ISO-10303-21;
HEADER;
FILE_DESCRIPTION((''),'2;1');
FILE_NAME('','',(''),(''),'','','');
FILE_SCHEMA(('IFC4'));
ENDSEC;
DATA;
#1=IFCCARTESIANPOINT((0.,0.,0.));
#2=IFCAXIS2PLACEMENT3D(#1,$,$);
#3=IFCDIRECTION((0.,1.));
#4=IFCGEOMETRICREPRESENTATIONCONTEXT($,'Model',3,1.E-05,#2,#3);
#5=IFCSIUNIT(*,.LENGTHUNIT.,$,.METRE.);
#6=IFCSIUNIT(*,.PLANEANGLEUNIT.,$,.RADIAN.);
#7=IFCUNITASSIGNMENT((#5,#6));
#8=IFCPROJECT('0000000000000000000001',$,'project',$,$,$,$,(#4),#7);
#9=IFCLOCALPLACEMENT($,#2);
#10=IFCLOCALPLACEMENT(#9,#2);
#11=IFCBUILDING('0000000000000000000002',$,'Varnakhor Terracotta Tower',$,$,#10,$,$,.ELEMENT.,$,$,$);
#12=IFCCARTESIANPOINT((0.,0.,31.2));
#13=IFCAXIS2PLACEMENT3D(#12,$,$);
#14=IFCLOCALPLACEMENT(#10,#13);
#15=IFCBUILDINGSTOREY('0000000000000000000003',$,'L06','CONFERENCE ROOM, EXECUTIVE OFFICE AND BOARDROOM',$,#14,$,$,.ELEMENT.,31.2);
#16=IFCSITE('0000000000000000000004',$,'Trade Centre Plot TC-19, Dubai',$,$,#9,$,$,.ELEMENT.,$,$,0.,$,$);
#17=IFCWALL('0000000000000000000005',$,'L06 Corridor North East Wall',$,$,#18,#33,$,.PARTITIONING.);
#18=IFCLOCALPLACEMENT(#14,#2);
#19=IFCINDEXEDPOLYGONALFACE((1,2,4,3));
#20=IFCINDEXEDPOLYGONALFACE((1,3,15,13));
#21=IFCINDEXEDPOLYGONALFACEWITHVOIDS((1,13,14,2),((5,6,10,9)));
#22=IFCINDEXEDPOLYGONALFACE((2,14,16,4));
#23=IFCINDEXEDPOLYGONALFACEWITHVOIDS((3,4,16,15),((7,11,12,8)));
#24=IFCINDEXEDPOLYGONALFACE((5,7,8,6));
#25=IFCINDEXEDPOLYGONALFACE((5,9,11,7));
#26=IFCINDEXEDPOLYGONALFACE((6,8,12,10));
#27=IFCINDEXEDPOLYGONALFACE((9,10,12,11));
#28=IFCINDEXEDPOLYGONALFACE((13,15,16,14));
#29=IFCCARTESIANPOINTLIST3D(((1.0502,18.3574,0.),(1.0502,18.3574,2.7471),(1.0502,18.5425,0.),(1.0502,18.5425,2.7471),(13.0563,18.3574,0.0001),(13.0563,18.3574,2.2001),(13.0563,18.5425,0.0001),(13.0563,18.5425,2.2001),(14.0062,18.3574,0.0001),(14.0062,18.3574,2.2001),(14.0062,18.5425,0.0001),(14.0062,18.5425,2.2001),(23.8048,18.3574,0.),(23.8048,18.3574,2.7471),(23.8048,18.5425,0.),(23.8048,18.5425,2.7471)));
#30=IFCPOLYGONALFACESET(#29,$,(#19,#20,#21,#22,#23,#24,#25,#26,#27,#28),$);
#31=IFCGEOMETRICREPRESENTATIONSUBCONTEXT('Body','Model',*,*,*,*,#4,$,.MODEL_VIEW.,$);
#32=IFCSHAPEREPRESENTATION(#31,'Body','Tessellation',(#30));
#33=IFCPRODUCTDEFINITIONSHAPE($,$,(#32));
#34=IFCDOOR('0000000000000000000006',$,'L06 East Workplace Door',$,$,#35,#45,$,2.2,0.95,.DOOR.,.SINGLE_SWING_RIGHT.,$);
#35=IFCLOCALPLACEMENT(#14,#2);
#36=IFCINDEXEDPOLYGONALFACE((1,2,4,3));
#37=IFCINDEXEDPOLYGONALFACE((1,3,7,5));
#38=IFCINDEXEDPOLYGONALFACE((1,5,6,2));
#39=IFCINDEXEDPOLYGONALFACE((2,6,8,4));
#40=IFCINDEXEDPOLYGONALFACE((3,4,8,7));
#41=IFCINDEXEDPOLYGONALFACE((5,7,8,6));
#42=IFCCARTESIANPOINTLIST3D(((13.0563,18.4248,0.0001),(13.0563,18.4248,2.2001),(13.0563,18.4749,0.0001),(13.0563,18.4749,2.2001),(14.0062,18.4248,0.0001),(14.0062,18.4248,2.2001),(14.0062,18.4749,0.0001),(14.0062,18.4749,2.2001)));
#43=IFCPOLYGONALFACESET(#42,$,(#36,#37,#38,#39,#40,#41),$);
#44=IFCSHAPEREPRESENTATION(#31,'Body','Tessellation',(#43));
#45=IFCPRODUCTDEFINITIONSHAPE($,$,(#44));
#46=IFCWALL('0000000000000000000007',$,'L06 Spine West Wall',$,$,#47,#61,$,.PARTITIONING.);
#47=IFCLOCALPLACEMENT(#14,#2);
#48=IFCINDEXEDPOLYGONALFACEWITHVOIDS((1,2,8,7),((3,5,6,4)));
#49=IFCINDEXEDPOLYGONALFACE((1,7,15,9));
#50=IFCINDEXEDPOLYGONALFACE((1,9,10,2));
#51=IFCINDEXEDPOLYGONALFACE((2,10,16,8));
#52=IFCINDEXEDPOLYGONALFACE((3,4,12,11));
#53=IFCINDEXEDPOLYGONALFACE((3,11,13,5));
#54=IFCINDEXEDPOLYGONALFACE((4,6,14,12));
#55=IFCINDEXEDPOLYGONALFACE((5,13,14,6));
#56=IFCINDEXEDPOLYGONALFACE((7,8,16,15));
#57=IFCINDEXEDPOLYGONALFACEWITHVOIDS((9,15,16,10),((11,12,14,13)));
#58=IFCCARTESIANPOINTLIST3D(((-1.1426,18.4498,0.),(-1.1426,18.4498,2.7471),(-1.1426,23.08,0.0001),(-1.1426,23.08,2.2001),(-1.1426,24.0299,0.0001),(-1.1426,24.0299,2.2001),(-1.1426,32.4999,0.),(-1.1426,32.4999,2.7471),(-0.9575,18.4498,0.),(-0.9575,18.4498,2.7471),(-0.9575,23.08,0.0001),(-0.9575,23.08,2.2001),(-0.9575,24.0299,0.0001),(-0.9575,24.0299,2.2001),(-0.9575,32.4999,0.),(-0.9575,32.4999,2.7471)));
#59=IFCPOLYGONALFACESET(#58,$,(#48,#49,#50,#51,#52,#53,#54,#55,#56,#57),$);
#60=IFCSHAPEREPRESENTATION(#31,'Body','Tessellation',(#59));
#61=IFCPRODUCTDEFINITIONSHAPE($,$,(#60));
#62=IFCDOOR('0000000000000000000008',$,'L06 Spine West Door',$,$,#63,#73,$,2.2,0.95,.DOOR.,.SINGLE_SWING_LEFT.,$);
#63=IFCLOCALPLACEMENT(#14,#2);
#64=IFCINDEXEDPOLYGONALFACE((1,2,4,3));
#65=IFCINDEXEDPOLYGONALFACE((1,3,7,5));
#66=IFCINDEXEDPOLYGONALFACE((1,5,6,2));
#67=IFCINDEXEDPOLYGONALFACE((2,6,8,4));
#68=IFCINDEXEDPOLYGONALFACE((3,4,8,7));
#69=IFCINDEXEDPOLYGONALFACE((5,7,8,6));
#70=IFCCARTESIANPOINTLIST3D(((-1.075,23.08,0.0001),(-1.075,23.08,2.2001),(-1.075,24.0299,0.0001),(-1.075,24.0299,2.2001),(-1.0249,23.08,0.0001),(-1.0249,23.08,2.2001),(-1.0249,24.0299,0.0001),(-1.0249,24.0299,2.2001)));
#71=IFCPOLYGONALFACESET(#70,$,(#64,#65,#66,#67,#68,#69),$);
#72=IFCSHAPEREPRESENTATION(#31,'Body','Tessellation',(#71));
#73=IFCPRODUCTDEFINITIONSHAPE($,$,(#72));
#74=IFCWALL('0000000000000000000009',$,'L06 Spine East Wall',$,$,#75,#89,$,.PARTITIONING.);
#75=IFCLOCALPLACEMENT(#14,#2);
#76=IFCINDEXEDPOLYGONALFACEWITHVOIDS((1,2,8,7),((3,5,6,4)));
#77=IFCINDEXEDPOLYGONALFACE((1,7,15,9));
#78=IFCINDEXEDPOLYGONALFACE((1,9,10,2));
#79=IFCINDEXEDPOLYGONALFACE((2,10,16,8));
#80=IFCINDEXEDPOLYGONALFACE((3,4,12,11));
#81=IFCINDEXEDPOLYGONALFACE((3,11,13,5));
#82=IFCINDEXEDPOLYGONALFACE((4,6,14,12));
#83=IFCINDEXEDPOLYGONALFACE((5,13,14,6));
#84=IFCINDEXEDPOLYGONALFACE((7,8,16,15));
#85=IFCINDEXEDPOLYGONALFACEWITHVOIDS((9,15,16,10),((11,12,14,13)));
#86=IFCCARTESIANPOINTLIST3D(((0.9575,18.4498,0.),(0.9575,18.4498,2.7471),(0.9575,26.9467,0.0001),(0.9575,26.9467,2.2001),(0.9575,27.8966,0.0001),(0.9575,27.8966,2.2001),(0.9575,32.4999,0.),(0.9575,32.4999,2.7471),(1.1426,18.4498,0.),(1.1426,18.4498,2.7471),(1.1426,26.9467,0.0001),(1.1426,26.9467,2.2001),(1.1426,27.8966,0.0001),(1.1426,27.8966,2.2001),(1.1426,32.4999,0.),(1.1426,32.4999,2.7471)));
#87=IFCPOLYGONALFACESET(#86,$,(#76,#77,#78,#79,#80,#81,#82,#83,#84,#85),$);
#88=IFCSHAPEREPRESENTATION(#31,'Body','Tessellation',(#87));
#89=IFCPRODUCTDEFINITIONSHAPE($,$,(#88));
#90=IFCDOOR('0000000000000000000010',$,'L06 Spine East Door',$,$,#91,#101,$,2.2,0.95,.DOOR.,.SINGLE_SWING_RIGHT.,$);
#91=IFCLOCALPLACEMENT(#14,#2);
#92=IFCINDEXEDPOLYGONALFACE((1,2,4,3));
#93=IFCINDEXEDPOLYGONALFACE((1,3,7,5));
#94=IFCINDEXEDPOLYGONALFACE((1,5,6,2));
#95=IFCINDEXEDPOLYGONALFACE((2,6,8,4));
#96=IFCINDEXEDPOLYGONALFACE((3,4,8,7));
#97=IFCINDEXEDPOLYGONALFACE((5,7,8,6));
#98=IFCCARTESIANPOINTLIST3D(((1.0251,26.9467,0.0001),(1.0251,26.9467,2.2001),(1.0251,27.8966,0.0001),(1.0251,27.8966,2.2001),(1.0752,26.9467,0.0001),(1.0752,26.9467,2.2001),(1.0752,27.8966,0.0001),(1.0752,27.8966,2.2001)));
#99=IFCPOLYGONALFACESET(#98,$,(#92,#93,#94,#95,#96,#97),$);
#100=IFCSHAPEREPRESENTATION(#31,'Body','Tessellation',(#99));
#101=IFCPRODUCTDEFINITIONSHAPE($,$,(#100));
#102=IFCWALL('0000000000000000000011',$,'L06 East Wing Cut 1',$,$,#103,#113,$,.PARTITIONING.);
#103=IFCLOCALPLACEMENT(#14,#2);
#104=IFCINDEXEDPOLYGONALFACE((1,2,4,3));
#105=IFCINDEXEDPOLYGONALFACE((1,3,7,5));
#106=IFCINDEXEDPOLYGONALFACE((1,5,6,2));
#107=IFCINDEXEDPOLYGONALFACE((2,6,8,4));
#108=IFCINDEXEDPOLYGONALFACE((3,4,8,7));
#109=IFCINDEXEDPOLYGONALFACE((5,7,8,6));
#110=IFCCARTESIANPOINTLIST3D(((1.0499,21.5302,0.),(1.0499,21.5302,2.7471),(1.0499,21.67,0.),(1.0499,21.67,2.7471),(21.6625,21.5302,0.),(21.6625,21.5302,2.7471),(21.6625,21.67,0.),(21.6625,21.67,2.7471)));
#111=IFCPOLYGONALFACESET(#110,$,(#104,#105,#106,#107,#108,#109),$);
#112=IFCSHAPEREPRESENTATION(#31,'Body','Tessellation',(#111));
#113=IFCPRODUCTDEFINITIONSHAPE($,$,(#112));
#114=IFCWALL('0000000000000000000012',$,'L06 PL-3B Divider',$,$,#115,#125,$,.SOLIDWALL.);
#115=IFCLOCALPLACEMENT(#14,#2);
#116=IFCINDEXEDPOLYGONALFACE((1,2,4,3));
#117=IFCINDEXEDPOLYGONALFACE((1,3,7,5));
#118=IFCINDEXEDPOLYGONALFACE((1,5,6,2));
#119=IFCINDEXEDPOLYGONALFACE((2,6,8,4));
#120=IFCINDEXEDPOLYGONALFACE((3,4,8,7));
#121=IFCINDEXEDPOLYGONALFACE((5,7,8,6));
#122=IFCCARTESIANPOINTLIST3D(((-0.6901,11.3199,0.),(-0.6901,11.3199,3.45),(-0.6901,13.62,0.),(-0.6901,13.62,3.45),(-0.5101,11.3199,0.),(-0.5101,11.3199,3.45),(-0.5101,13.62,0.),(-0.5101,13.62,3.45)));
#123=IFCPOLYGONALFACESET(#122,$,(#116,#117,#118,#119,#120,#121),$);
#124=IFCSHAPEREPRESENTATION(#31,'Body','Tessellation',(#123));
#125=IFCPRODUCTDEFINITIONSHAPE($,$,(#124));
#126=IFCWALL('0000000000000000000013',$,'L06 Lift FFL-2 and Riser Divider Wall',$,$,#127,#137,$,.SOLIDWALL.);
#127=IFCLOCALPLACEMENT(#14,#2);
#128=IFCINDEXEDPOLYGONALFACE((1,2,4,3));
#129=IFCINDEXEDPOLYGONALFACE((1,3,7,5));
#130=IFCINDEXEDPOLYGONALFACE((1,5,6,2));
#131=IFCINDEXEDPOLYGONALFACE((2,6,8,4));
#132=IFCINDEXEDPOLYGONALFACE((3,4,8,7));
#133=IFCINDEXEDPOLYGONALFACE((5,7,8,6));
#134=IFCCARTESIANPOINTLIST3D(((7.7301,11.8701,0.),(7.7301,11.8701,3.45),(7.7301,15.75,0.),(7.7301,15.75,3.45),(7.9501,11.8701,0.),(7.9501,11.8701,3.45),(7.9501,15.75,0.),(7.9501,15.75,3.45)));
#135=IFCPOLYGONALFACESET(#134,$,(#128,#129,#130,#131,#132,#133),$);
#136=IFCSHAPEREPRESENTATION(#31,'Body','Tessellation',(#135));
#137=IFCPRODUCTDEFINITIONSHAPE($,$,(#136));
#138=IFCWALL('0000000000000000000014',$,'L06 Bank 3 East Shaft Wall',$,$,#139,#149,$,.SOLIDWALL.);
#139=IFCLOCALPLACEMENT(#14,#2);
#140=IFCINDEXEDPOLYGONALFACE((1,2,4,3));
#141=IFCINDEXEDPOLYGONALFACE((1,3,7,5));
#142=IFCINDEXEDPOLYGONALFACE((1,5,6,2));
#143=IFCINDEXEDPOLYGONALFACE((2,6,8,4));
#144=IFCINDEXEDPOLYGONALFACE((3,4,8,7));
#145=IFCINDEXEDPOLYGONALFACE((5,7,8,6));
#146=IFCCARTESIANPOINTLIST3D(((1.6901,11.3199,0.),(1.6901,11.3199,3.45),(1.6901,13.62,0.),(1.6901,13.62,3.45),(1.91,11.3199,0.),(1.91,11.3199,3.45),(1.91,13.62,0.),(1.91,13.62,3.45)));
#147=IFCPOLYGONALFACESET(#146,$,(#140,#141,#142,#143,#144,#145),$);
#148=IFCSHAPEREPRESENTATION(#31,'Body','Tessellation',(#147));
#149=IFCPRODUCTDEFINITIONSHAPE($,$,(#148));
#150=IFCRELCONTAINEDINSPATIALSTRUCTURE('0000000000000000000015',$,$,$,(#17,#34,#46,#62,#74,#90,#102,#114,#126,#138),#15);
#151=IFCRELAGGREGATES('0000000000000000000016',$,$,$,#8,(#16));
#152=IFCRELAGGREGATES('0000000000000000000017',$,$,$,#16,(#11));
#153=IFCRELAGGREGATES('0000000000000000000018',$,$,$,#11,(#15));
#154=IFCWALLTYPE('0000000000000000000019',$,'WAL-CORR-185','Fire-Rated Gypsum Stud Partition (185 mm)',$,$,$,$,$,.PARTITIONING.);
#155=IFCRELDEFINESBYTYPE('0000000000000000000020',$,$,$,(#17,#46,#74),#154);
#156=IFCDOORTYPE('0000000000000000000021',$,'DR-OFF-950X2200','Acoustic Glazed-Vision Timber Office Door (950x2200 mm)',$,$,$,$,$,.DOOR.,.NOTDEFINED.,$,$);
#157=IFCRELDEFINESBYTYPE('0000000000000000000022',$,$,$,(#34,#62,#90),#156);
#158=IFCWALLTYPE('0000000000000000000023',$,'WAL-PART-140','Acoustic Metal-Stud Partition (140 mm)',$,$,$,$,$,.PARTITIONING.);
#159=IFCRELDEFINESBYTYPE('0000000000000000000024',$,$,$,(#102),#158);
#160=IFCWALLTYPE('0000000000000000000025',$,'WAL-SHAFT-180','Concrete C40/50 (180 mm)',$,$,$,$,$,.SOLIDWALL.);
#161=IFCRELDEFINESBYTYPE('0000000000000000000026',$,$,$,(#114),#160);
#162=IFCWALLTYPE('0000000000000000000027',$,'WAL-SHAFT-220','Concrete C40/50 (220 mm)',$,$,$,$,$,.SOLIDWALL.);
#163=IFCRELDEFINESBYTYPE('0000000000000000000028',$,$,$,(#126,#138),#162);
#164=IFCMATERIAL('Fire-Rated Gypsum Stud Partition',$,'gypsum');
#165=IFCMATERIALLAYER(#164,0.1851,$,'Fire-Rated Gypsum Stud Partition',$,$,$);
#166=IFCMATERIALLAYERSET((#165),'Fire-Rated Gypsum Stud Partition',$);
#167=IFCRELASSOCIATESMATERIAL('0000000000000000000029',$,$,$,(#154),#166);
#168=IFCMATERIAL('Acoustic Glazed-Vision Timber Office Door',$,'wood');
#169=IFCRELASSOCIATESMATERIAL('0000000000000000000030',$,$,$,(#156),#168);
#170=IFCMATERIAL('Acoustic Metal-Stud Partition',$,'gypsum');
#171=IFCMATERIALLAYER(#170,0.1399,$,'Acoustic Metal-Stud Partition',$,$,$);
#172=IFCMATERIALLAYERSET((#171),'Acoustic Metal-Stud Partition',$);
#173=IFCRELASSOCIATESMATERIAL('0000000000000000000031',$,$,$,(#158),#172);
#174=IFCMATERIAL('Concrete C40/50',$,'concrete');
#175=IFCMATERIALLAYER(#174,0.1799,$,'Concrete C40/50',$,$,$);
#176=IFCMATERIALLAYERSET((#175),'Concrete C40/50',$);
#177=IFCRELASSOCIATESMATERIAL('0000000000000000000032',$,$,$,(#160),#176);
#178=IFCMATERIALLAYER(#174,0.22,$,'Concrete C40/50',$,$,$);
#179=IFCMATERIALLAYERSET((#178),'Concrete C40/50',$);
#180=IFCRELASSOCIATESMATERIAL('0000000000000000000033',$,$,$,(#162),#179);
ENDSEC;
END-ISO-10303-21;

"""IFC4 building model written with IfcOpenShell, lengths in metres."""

from ifc_helpers import new_model, si_unit, direction, frame, frame_2d, origin, place, context, subcontext, project, spatial, rectangle, extrude, source, transform, mapped, material, layer, layer_set, type_object, type_shapes, element, fill, save


model = new_model("IFC4")

# Units and contexts
model_context = context("Model", 3, precision=1e-05, world=origin(), true_north=direction((0.0, 1.0)))
body_context = subcontext(model_context, "Body", "Model", "MODEL_VIEW")
ifc_project = project(units=[si_unit("LENGTHUNIT", "METRE"), si_unit("PLANEANGLEUNIT", "RADIAN")], contexts=[model_context])

# Site, building, storey
site_placement = place(None, origin())
site = spatial("IfcSite", under=ifc_project, at=site_placement, Name="Trade Centre Plot TC-19, Dubai", CompositionType="ELEMENT", RefElevation=0.0)
building_placement = place(site_placement, origin())
building = spatial("IfcBuilding", under=site, at=building_placement, Name="Varnakhor Terracotta Tower", CompositionType="ELEMENT")
storey_placement = place(building_placement, frame((0.0, 0.0, 31.2)))
storey = spatial("IfcBuildingStorey", under=building, at=storey_placement, Name="L06", Description="CONFERENCE ROOM, EXECUTIVE OFFICE AND BOARDROOM", CompositionType="ELEMENT", Elevation=31.2)

# Walls, openings, doors
ifc_material_1 = material(Name="Fire-Rated Gypsum Stud Partition", Category="gypsum")
ifc_layer_1 = layer(ifc_material_1, 0.1851, Name="Fire-Rated Gypsum Stud Partition")
ifc_layer_set_1 = layer_set([ifc_layer_1], Name="Fire-Rated Gypsum Stud Partition")
wall_type_1 = type_object("IfcWallType", Name="WAL-CORR-185", Description="Fire-Rated Gypsum Stud Partition (185 mm)", PredefinedType="PARTITIONING", material=ifc_layer_set_1)
wall_1_placement = place(storey_placement, frame((1.05, 18.45, 0.0), z_axis=(0.0, 0.0, 1.0), x_axis=(1.0, 0.0, 0.0)))
wall_1 = element("IfcWall", 1, at=wall_1_placement, inside=storey, type_object=wall_type_1, Name="L06 Corridor North East Wall", PredefinedType="PARTITIONING", context=body_context, shape_type="SweptSolid", body=[
    extrude(rectangle(XDim=22.7546, YDim=0.1851, at=frame_2d((11.3774, 0.0))), origin(), (0.0, 0.0, 1.0), 2.7471),
])
opening_1_placement = place(wall_1_placement, frame((12.0061, 0.0, 0.0)))
opening_1 = element("IfcOpeningElement", 2, at=opening_1_placement, cuts=wall_1, PredefinedType="OPENING", context=body_context, shape_type="SweptSolid", body=[
    extrude(rectangle(XDim=0.95, YDim=2.2, at=frame_2d((0.4751, 1.1001))), frame((0.0, 0.1025, 0.0), z_axis=(0.0, -1.0, 0.0), x_axis=(1.0, 0.0, 0.0)), (0.0, 0.0, 1.0), 0.2051),
])
ifc_material_2 = material(Name="Acoustic Glazed-Vision Timber Office Door", Category="wood")
door_type_1 = type_object("IfcDoorType", Name="DR-OFF-950X2200", Description="Acoustic Glazed-Vision Timber Office Door (950x2200 mm)", OperationType="NOTDEFINED", PredefinedType="DOOR", material=ifc_material_2)
shared_shape_1 = source(origin(), body_context, "Body", "SweptSolid", [
    extrude(rectangle(XDim=0.95, YDim=2.2, at=frame_2d((0.4751, 1.1001))), frame((0.0, 0.0249, 0.0), z_axis=(0.0, -1.0, 0.0), x_axis=(1.0, 0.0, 0.0)), (0.0, 0.0, 1.0), 0.05),
])
type_shapes(door_type_1, [shared_shape_1])
door_1_placement = place(opening_1_placement, origin())
door_1 = element("IfcDoor", 3, at=door_1_placement, inside=storey, type_object=door_type_1, Name="L06 East Workplace Door", OperationType="SINGLE_SWING_RIGHT", OverallHeight=2.2, OverallWidth=0.95, PredefinedType="DOOR", context=body_context, shape_type="MappedRepresentation", body=[
    mapped(shared_shape_1, transform((0.0, 0.0, 0.0), scale=1.0)),
])
fill(opening_1, door_1)
wall_2_placement = place(storey_placement, frame((-1.05, 18.45, 0.0), z_axis=(0.0, 0.0, 1.0), x_axis=(0.0, 1.0, 0.0)))
wall_2 = element("IfcWall", 4, at=wall_2_placement, inside=storey, type_object=wall_type_1, Name="L06 Spine West Wall", PredefinedType="PARTITIONING", context=body_context, shape_type="SweptSolid", body=[
    extrude(rectangle(XDim=14.05, YDim=0.1851, at=frame_2d((7.0249, 0.0))), origin(), (0.0, 0.0, 1.0), 2.7471),
])
opening_2_placement = place(wall_2_placement, frame((4.6299, 0.0, 0.0)))
opening_2 = element("IfcOpeningElement", 5, at=opening_2_placement, cuts=wall_2, PredefinedType="OPENING", context=body_context, shape_type="SweptSolid", body=[
    extrude(rectangle(XDim=0.95, YDim=2.2, at=frame_2d((0.4751, 1.1001))), frame((0.0, 0.1025, 0.0), z_axis=(0.0, -1.0, 0.0), x_axis=(1.0, 0.0, 0.0)), (0.0, 0.0, 1.0), 0.2051),
])
door_2_placement = place(opening_2_placement, origin())
door_2 = element("IfcDoor", 6, at=door_2_placement, inside=storey, type_object=door_type_1, Name="L06 Spine West Door", OperationType="SINGLE_SWING_LEFT", OverallHeight=2.2, OverallWidth=0.95, PredefinedType="DOOR", context=body_context, shape_type="MappedRepresentation", body=[
    mapped(shared_shape_1, transform((0.0, 0.0, 0.0), scale=1.0)),
])
fill(opening_2, door_2)
wall_3_placement = place(storey_placement, frame((1.05, 18.45, 0.0), z_axis=(0.0, 0.0, 1.0), x_axis=(0.0, 1.0, 0.0)))
wall_3 = element("IfcWall", 7, at=wall_3_placement, inside=storey, type_object=wall_type_1, Name="L06 Spine East Wall", PredefinedType="PARTITIONING", context=body_context, shape_type="SweptSolid", body=[
    extrude(rectangle(XDim=14.05, YDim=0.1851, at=frame_2d((7.0249, 0.0))), origin(), (0.0, 0.0, 1.0), 2.7471),
])
opening_3_placement = place(wall_3_placement, frame((8.4966, 0.0, 0.0)))
opening_3 = element("IfcOpeningElement", 8, at=opening_3_placement, cuts=wall_3, PredefinedType="OPENING", context=body_context, shape_type="SweptSolid", body=[
    extrude(rectangle(XDim=0.95, YDim=2.2, at=frame_2d((0.4751, 1.1001))), frame((0.0, 0.1025, 0.0), z_axis=(0.0, -1.0, 0.0), x_axis=(1.0, 0.0, 0.0)), (0.0, 0.0, 1.0), 0.2051),
])
door_3_placement = place(opening_3_placement, origin())
door_3 = element("IfcDoor", 9, at=door_3_placement, inside=storey, type_object=door_type_1, Name="L06 Spine East Door", OperationType="SINGLE_SWING_RIGHT", OverallHeight=2.2, OverallWidth=0.95, PredefinedType="DOOR", context=body_context, shape_type="MappedRepresentation", body=[
    mapped(shared_shape_1, transform((0.0, 0.0, 0.0), scale=1.0)),
])
fill(opening_3, door_3)

# Walls
ifc_material_3 = material(Name="Acoustic Metal-Stud Partition", Category="gypsum")
ifc_layer_2 = layer(ifc_material_3, 0.1399, Name="Acoustic Metal-Stud Partition")
ifc_layer_set_2 = layer_set([ifc_layer_2], Name="Acoustic Metal-Stud Partition")
wall_type_2 = type_object("IfcWallType", Name="WAL-PART-140", Description="Acoustic Metal-Stud Partition (140 mm)", PredefinedType="PARTITIONING", material=ifc_layer_set_2)
wall_4_placement = place(storey_placement, frame((1.05, 21.6001, 0.0), z_axis=(0.0, 0.0, 1.0), x_axis=(1.0, 0.0, 0.0)))
element("IfcWall", 10, at=wall_4_placement, inside=storey, type_object=wall_type_2, Name="L06 East Wing Cut 1", PredefinedType="PARTITIONING", context=body_context, shape_type="SweptSolid", body=[
    extrude(rectangle(XDim=20.6125, YDim=0.1399, at=frame_2d((10.3062, 0.0))), origin(), (0.0, 0.0, 1.0), 2.7471),
])
ifc_material_4 = material(Name="Concrete C40/50", Category="concrete")
ifc_layer_3 = layer(ifc_material_4, 0.1799, Name="Concrete C40/50")
ifc_layer_set_3 = layer_set([ifc_layer_3], Name="Concrete C40/50")
wall_type_3 = type_object("IfcWallType", Name="WAL-SHAFT-180", Description="Concrete C40/50 (180 mm)", PredefinedType="SOLIDWALL", material=ifc_layer_set_3)
wall_5_placement = place(storey_placement, frame((-0.6001, 11.3201, 0.0), z_axis=(0.0, 0.0, 1.0), x_axis=(0.0, 1.0, 0.0)))
element("IfcWall", 11, at=wall_5_placement, inside=storey, type_object=wall_type_3, Name="L06 PL-3B Divider", PredefinedType="SOLIDWALL", context=body_context, shape_type="SweptSolid", body=[
    extrude(rectangle(XDim=2.3, YDim=0.1799, at=frame_2d((1.1499, 0.0))), origin(), (0.0, 0.0, 1.0), 3.45),
])
ifc_layer_4 = layer(ifc_material_4, 0.22, Name="Concrete C40/50")
ifc_layer_set_4 = layer_set([ifc_layer_4], Name="Concrete C40/50")
wall_type_4 = type_object("IfcWallType", Name="WAL-SHAFT-220", Description="Concrete C40/50 (220 mm)", PredefinedType="SOLIDWALL", material=ifc_layer_set_4)
wall_6_placement = place(storey_placement, frame((7.8401, 11.8701, 0.0), z_axis=(0.0, 0.0, 1.0), x_axis=(0.0, 1.0, 0.0)))
element("IfcWall", 12, at=wall_6_placement, inside=storey, type_object=wall_type_4, Name="L06 Lift FFL-2 and Riser Divider Wall", PredefinedType="SOLIDWALL", context=body_context, shape_type="SweptSolid", body=[
    extrude(rectangle(XDim=3.8799, YDim=0.22, at=frame_2d((1.9399, 0.0))), origin(), (0.0, 0.0, 1.0), 3.45),
])
wall_7_placement = place(storey_placement, frame((1.8, 11.3201, 0.0), z_axis=(0.0, 0.0, 1.0), x_axis=(0.0, 1.0, 0.0)))
element("IfcWall", 13, at=wall_7_placement, inside=storey, type_object=wall_type_4, Name="L06 Bank 3 East Shaft Wall", PredefinedType="SOLIDWALL", context=body_context, shape_type="SweptSolid", body=[
    extrude(rectangle(XDim=2.3, YDim=0.22, at=frame_2d((1.1499, 0.0))), origin(), (0.0, 0.0, 1.0), 3.45),
])

save(model, "model.ifc")
